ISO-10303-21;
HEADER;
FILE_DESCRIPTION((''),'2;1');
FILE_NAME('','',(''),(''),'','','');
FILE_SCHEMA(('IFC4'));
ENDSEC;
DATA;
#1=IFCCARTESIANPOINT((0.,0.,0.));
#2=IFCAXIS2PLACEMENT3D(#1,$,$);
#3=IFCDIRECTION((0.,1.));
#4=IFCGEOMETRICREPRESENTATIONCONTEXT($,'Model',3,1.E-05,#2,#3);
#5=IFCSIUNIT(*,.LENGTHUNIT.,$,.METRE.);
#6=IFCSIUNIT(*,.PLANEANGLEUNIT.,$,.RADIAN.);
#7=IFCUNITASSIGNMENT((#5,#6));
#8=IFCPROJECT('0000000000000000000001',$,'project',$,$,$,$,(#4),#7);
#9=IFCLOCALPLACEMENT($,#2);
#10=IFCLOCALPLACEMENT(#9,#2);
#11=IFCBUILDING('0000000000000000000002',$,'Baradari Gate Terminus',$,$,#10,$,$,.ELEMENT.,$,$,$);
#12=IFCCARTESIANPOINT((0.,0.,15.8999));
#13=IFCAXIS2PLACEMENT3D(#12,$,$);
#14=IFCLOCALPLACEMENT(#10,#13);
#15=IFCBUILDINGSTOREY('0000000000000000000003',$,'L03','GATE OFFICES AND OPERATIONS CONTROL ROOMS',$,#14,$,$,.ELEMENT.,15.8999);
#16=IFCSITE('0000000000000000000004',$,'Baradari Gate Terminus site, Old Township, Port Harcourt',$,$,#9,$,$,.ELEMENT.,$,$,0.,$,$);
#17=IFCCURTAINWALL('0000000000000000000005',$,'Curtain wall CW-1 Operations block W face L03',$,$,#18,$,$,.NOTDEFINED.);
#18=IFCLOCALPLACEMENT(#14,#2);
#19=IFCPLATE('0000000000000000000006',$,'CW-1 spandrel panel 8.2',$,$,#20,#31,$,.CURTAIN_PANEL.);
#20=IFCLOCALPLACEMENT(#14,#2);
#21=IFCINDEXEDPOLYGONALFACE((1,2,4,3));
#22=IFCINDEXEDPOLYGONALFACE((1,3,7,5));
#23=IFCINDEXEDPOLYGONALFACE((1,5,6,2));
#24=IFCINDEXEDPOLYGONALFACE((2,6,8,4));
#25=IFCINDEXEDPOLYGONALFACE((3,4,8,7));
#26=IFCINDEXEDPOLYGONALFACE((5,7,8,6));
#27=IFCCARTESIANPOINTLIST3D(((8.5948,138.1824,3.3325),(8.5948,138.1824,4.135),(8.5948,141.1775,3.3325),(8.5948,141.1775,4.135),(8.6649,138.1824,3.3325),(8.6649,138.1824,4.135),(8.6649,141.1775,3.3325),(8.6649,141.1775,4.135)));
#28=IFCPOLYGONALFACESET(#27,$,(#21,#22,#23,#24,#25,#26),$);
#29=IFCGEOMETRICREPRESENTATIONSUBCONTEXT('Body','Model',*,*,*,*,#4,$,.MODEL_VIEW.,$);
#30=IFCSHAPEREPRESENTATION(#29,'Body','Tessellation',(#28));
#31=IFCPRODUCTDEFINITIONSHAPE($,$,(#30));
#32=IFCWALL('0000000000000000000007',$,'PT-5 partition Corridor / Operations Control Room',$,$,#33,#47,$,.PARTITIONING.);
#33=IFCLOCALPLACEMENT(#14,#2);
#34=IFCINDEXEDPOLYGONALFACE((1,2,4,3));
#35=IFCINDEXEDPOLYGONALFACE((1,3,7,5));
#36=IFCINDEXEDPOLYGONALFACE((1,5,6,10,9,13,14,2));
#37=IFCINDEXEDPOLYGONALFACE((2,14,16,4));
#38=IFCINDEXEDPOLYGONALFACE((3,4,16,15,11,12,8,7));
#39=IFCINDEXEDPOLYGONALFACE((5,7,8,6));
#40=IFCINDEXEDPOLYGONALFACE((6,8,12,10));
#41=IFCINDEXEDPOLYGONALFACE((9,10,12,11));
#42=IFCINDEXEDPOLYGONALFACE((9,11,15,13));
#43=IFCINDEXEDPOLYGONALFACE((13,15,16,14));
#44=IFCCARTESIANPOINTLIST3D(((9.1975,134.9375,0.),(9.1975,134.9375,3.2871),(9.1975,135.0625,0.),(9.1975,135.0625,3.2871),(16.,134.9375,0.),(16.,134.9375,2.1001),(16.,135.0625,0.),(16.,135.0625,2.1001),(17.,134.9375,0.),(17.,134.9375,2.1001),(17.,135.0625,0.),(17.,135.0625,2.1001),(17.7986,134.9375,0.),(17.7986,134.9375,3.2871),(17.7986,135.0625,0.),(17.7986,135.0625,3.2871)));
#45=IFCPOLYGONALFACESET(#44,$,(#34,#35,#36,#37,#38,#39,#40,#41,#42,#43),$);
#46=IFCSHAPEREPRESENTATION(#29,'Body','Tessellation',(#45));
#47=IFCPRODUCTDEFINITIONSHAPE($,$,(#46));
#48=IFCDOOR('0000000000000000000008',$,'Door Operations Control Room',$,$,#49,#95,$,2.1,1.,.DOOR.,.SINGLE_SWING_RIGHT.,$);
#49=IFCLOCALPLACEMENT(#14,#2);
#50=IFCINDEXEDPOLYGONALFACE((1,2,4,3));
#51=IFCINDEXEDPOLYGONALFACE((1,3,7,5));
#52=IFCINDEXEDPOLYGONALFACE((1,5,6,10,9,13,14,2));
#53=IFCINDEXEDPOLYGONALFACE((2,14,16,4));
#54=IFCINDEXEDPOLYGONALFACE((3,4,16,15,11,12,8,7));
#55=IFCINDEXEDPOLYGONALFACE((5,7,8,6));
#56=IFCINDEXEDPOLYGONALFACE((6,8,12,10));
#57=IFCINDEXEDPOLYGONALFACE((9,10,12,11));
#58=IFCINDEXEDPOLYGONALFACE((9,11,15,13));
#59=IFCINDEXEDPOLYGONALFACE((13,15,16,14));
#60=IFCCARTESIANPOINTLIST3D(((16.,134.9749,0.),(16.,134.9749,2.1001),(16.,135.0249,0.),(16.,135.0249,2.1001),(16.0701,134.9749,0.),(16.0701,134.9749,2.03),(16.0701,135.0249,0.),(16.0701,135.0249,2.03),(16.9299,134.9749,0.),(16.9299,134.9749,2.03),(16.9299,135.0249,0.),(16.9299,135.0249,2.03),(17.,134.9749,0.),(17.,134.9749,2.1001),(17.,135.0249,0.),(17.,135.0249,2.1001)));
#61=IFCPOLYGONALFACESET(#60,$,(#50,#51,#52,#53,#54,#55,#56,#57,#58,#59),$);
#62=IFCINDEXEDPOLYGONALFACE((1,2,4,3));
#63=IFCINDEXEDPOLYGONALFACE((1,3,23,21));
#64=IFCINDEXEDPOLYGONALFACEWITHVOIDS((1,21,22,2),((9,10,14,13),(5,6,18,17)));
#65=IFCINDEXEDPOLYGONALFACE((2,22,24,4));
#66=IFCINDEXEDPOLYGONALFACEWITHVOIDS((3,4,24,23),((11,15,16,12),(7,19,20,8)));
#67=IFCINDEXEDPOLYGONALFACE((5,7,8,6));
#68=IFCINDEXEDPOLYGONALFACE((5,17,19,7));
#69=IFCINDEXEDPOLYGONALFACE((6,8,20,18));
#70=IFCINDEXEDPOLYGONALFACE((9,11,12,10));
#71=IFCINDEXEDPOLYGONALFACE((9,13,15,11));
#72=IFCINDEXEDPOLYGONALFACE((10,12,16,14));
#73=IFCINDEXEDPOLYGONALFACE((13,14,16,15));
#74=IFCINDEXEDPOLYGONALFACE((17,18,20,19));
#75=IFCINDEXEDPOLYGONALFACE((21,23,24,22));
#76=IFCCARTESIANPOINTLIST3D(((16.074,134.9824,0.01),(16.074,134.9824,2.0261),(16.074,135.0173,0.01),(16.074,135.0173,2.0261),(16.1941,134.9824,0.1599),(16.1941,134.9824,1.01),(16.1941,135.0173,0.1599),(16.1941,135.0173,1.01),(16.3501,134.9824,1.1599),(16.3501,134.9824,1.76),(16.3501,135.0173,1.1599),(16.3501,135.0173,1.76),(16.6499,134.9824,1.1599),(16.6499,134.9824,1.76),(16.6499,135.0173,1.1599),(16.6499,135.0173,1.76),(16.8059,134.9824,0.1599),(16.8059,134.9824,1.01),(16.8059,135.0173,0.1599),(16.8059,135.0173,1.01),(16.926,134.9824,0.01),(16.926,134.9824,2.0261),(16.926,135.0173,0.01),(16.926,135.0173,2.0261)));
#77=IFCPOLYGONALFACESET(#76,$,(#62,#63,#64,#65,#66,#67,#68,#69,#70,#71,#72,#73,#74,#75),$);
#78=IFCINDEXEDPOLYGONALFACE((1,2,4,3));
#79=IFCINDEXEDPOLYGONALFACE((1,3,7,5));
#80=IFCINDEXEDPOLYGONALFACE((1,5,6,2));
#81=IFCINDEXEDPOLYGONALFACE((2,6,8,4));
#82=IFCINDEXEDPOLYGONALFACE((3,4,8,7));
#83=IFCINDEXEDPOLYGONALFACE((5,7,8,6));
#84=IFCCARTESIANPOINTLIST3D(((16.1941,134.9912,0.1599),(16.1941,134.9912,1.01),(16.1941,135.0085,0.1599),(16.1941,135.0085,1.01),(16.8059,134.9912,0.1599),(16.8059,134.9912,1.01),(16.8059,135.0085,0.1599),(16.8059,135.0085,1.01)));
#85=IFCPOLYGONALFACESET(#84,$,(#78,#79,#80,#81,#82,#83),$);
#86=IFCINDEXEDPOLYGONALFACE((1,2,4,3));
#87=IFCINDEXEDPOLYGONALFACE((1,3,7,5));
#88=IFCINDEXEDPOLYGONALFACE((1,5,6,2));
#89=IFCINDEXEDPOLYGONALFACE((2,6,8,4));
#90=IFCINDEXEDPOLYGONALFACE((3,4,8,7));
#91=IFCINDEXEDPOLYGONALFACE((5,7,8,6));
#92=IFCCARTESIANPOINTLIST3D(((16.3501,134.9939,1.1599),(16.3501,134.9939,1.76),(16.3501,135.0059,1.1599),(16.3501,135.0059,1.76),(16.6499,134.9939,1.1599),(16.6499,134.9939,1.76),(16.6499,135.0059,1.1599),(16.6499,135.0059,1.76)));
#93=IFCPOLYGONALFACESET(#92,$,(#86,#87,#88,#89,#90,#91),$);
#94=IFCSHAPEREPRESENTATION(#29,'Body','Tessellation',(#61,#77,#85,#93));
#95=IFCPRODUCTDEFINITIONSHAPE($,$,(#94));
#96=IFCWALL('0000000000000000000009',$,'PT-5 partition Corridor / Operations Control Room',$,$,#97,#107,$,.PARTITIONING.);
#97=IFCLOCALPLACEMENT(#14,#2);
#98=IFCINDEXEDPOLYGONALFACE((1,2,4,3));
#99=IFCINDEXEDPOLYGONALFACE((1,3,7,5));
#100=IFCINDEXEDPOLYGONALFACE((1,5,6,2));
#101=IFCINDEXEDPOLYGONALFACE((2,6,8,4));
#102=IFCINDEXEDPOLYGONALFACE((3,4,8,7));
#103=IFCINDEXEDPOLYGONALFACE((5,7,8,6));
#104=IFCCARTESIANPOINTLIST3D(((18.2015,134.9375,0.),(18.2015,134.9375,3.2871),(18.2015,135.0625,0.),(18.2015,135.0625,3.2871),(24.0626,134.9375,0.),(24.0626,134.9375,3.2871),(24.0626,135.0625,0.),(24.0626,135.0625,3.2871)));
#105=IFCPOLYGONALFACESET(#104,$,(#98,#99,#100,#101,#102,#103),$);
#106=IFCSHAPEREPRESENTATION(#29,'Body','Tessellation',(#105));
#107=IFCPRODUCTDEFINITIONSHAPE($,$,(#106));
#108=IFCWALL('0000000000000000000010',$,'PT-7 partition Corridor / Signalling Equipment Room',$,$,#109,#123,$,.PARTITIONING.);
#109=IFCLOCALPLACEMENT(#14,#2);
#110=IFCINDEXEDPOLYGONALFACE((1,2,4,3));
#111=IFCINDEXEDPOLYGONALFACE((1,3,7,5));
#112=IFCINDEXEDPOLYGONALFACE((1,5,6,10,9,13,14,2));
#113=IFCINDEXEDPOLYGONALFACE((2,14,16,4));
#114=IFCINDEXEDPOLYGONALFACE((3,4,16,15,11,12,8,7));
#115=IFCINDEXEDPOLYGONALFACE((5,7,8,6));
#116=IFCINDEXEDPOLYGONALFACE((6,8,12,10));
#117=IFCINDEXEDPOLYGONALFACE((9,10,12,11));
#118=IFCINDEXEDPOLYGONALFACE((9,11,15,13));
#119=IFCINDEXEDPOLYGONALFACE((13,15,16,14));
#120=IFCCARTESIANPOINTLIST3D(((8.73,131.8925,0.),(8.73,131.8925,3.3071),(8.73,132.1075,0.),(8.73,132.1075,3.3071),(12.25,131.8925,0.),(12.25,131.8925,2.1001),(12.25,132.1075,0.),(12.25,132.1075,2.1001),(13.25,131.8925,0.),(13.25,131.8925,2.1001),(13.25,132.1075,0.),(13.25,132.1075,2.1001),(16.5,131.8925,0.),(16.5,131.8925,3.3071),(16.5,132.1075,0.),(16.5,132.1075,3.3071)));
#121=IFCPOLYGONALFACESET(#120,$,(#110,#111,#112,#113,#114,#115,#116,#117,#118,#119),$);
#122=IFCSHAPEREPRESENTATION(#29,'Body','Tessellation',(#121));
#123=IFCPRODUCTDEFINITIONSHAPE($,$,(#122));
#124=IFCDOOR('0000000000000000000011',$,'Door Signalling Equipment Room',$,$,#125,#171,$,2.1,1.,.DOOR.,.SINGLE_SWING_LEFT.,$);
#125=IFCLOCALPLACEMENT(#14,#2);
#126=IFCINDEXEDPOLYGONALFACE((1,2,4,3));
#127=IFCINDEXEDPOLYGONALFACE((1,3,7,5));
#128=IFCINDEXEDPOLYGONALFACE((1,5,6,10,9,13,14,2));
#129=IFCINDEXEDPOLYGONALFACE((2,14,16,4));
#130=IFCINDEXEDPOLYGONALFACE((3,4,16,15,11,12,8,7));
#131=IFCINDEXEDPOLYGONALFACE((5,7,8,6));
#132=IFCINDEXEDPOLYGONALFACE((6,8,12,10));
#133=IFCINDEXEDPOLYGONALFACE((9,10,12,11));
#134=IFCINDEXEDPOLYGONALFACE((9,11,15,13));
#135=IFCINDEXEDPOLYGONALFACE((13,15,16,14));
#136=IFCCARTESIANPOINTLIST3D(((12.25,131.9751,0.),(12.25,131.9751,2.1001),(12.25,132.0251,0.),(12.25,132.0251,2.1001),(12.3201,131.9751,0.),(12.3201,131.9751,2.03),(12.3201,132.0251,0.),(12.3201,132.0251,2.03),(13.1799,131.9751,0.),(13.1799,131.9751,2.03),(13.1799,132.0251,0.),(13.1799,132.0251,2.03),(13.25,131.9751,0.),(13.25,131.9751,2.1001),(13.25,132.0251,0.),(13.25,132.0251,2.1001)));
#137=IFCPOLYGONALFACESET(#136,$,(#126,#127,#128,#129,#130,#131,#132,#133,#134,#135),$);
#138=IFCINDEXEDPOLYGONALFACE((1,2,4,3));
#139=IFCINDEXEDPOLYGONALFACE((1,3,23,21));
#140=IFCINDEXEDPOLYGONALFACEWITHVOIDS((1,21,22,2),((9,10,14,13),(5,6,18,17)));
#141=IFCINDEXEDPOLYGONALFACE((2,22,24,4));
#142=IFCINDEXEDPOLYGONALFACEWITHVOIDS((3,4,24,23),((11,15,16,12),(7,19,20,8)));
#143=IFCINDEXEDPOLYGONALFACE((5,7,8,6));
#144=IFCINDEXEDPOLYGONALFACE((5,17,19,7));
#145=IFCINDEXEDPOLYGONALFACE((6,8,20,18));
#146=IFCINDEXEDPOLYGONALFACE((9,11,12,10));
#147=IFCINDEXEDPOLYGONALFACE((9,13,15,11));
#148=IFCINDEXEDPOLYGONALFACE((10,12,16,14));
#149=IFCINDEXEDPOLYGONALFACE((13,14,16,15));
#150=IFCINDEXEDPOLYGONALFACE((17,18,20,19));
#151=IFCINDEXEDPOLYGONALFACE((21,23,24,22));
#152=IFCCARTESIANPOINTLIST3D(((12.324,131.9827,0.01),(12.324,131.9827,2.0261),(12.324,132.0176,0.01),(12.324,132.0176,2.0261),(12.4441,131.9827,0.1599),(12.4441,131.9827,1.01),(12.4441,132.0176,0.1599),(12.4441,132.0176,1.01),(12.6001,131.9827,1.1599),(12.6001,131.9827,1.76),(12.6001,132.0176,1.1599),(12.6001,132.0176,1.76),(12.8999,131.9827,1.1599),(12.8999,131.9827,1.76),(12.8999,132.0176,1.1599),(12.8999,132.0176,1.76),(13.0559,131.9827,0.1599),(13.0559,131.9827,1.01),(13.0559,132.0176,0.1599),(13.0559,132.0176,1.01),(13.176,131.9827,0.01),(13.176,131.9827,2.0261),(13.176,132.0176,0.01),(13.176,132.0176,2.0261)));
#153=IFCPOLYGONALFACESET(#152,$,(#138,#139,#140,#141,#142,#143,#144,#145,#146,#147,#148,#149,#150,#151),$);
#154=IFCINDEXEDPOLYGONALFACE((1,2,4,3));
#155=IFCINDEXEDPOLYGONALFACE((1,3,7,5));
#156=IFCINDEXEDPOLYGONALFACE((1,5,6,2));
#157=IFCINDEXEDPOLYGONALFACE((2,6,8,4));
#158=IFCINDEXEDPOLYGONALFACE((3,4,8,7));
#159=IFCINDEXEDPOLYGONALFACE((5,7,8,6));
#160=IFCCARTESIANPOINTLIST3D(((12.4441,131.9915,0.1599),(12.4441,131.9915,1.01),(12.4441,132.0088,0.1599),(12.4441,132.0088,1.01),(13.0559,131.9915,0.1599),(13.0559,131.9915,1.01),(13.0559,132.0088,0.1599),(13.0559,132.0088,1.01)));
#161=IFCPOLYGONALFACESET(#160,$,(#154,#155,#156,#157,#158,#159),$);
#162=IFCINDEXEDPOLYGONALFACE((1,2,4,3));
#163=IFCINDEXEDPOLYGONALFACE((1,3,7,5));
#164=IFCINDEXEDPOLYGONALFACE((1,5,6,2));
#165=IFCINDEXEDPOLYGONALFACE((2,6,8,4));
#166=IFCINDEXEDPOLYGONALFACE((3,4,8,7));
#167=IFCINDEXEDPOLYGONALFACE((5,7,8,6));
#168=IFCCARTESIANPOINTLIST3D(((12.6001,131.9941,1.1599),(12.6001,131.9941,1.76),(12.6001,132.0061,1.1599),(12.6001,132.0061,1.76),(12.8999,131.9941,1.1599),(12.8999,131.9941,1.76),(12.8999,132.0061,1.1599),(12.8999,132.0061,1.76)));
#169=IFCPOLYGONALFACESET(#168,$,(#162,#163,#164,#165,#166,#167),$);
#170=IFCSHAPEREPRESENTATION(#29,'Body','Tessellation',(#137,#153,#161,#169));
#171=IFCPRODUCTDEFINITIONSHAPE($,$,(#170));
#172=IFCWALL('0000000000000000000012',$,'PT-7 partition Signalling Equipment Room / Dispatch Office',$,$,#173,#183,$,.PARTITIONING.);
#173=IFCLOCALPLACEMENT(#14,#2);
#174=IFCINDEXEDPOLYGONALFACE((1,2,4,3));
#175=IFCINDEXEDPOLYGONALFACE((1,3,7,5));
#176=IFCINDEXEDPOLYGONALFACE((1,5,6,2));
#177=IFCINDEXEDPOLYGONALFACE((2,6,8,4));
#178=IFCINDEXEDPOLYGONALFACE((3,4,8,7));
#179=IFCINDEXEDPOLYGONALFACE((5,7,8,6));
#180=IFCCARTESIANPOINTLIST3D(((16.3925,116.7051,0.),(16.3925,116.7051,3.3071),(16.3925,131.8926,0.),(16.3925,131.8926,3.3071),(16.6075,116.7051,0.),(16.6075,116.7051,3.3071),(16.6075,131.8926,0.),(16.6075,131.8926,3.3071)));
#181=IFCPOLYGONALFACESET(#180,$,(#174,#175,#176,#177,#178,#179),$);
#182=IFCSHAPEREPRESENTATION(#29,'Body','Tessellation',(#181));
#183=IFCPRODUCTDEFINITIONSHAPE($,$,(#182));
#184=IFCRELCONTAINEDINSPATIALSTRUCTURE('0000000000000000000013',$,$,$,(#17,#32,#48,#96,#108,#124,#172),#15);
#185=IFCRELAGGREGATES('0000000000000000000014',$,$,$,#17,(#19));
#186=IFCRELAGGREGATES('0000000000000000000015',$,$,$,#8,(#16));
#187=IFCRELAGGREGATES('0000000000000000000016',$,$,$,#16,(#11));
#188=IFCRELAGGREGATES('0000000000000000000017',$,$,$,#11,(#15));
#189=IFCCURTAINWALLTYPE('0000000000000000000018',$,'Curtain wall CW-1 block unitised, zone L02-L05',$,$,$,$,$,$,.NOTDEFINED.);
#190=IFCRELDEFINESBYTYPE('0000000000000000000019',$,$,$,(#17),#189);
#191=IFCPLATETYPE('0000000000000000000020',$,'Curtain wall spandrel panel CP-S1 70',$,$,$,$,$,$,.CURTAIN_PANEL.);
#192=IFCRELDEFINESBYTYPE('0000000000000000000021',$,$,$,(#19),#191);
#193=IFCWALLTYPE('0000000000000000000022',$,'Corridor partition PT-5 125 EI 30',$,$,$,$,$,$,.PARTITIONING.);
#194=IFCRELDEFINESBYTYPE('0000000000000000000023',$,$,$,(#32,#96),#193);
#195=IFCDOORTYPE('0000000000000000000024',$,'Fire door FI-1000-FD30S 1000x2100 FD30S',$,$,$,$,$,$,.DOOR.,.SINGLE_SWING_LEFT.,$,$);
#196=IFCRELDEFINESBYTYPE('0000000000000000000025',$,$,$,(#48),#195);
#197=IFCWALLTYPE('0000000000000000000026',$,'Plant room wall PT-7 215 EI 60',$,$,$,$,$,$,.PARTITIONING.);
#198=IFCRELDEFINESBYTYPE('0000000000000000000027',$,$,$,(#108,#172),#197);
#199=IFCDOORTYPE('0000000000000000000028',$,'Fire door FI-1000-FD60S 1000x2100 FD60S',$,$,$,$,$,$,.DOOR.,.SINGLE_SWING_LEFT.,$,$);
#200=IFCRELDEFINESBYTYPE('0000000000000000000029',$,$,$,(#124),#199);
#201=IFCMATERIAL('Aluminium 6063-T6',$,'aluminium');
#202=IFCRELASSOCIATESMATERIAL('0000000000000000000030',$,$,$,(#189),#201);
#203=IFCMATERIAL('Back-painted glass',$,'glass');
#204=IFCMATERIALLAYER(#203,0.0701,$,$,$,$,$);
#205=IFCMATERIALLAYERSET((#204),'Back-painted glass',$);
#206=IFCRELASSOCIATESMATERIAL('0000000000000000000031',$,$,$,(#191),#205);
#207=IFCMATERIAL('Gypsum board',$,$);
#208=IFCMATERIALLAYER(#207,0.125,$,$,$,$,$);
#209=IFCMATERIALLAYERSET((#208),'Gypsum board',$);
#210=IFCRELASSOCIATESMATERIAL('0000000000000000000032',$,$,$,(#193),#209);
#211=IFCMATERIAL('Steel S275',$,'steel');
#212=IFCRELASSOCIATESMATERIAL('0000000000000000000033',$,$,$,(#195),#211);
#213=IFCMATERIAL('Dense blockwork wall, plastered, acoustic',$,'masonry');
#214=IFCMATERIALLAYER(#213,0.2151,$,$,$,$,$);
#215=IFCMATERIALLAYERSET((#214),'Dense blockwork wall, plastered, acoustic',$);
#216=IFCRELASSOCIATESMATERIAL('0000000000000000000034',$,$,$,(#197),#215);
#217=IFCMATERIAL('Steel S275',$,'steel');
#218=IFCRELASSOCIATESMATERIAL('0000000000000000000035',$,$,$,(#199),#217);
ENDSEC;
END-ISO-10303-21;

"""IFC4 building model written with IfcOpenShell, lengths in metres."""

from ifc_helpers import new_model, si_unit, direction, frame, frame_2d, origin, origin_2d, place, context, subcontext, project, spatial, polyline, rectangle, outline, extrude, material, layer, layer_set, type_object, element, fill, aggregate, save


model = new_model("IFC4")

# Units and contexts
model_context = context("Model", 3, precision=1e-05, world=origin(), true_north=direction((0.0, 1.0)))
body_context = subcontext(model_context, "Body", "Model", "MODEL_VIEW")
ifc_project = project(units=[si_unit("LENGTHUNIT", "METRE"), si_unit("PLANEANGLEUNIT", "RADIAN")], contexts=[model_context])

# Site, building, storey
site_placement = place(None, origin())
site = spatial("IfcSite", under=ifc_project, at=site_placement, Name="Baradari Gate Terminus site, Old Township, Port Harcourt", CompositionType="ELEMENT", RefElevation=0.0)
building_placement = place(site_placement, origin())
building = spatial("IfcBuilding", under=site, at=building_placement, Name="Baradari Gate Terminus", CompositionType="ELEMENT")
storey_placement = place(building_placement, frame((0.0, 0.0, 15.8999)))
storey = spatial("IfcBuildingStorey", under=building, at=storey_placement, Name="L03", Description="GATE OFFICES AND OPERATIONS CONTROL ROOMS", CompositionType="ELEMENT", Elevation=15.8999)

# Curtain wall
ifc_material_1 = material(Name="Aluminium 6063-T6", Category="aluminium")
curtain_wall_type = type_object("IfcCurtainWallType", Name="Curtain wall CW-1 block unitised, zone L02-L05", PredefinedType="NOTDEFINED", material=ifc_material_1)
curtain_wall_placement = place(storey_placement, origin())
curtain_wall = element("IfcCurtainWall", 1, at=curtain_wall_placement, inside=storey, type_object=curtain_wall_type, Name="Curtain wall CW-1 Operations block W face L03", PredefinedType="NOTDEFINED")

# Plate
ifc_material_2 = material(Name="Back-painted glass", Category="glass")
ifc_layer_1 = layer(ifc_material_2, 0.0701)
ifc_layer_set_1 = layer_set([ifc_layer_1], Name="Back-painted glass")
plate_type_1 = type_object("IfcPlateType", Name="Curtain wall spandrel panel CP-S1 70", PredefinedType="CURTAIN_PANEL", material=ifc_layer_set_1)
plate_1_placement = place(storey_placement, frame((8.6299, 139.6799, 3.3325), z_axis=(0.0, 0.0, 1.0), x_axis=(0.0, 1.0, 0.0)))
plate_1 = element("IfcPlate", 2, at=plate_1_placement, type_object=plate_type_1, Name="CW-1 spandrel panel 8.2", PredefinedType="CURTAIN_PANEL", context=body_context, shape_type="SweptSolid", body=[
    extrude(rectangle(XDim=2.9951, YDim=0.0701, at=origin_2d()), origin(), (0.0, 0.0, 1.0), 0.8025),
])
aggregate(curtain_wall, [plate_1])

# Wall, opening, door
ifc_material_3 = material(Name="Gypsum board")
ifc_layer_2 = layer(ifc_material_3, 0.125)
ifc_layer_set_2 = layer_set([ifc_layer_2], Name="Gypsum board")
wall_type_1 = type_object("IfcWallType", Name="Corridor partition PT-5 125 EI 30", PredefinedType="PARTITIONING", material=ifc_layer_set_2)
wall_1_placement = place(storey_placement, frame((9.1975, 135.0, 0.0), z_axis=(0.0, 0.0, 1.0), x_axis=(1.0, 0.0, 0.0)))
wall_1 = element("IfcWall", 3, at=wall_1_placement, inside=storey, type_object=wall_type_1, Name="PT-5 partition Corridor / Operations Control Room", PredefinedType="PARTITIONING", context=body_context, shape_type="SweptSolid", body=[
    extrude(rectangle(XDim=8.6011, YDim=0.125, at=frame_2d((4.3005, 0.0))), origin(), (0.0, 0.0, 1.0), 3.2871),
])
opening_1_placement = place(wall_1_placement, frame((6.8025, 0.0, 0.0)))
opening_1 = element("IfcOpeningElement", 4, at=opening_1_placement, cuts=wall_1, PredefinedType="OPENING", context=body_context, shape_type="SweptSolid", body=[
    extrude(rectangle(XDim=1.0, YDim=2.1001, at=frame_2d((0.5, 1.05))), frame((0.0, 0.0725, 0.0), z_axis=(0.0, -1.0, 0.0), x_axis=(1.0, 0.0, 0.0)), (0.0, 0.0, 1.0), 0.145),
])
ifc_material_4 = material(Name="Steel S275", Category="steel")
door_type_1 = type_object("IfcDoorType", Name="Fire door FI-1000-FD30S 1000x2100 FD30S", OperationType="SINGLE_SWING_LEFT", PredefinedType="DOOR", material=ifc_material_4)
door_1_placement = place(opening_1_placement, origin())
door_1 = element("IfcDoor", 5, at=door_1_placement, inside=storey, type_object=door_type_1, Name="Door Operations Control Room", OperationType="SINGLE_SWING_RIGHT", OverallHeight=2.1, OverallWidth=1.0, PredefinedType="DOOR", context=body_context, shape_type="SweptSolid", body=[
    extrude(outline(polyline([(0.0, 0.0), (0.0701, 0.0), (0.0701, 2.03), (0.9299, 2.03), (0.9299, 0.0), (1.0, 0.0), (1.0, 2.1001), (0.0, 2.1001), (0.0, 0.0)])), frame((0.0, 0.0249, 0.0), z_axis=(0.0, -1.0, 0.0), x_axis=(1.0, 0.0, 0.0)), (0.0, 0.0, 1.0), 0.05),
    extrude(outline(polyline([(0.074, 0.01), (0.926, 0.01), (0.926, 2.0261), (0.074, 2.0261), (0.074, 0.01)]), holes=[polyline([(0.1941, 0.1599), (0.8059, 0.1599), (0.8059, 1.01), (0.1941, 1.01), (0.1941, 0.1599)]), polyline([(0.3501, 1.1599), (0.6499, 1.1599), (0.6499, 1.76), (0.3501, 1.76), (0.3501, 1.1599)])]), frame((0.0, 0.0173, 0.0), z_axis=(0.0, -1.0, 0.0), x_axis=(1.0, 0.0, 0.0)), (0.0, 0.0, 1.0), 0.0349),
    extrude(rectangle(XDim=0.6118, YDim=0.8501, at=frame_2d((0.5, 0.585))), frame((0.0, 0.0085, 0.0), z_axis=(0.0, -1.0, 0.0), x_axis=(1.0, 0.0, 0.0)), (0.0, 0.0, 1.0), 0.0173),
    extrude(rectangle(XDim=0.2998, YDim=0.6001, at=frame_2d((0.5, 1.46))), frame((0.0, 0.0059, 0.0), z_axis=(0.0, -1.0, 0.0), x_axis=(1.0, 0.0, 0.0)), (0.0, 0.0, 1.0), 0.012),
])
fill(opening_1, door_1)

# Wall
wall_2_placement = place(storey_placement, frame((18.2014, 135.0, 0.0), z_axis=(0.0, 0.0, 1.0), x_axis=(1.0, 0.0, 0.0)))
element("IfcWall", 6, at=wall_2_placement, inside=storey, type_object=wall_type_1, Name="PT-5 partition Corridor / Operations Control Room", PredefinedType="PARTITIONING", context=body_context, shape_type="SweptSolid", body=[
    extrude(rectangle(XDim=5.8611, YDim=0.125, at=frame_2d((2.9307, 0.0))), origin(), (0.0, 0.0, 1.0), 3.2871),
])

# Wall, opening, door
ifc_material_5 = material(Name="Dense blockwork wall, plastered, acoustic", Category="masonry")
ifc_layer_3 = layer(ifc_material_5, 0.2151)
ifc_layer_set_3 = layer_set([ifc_layer_3], Name="Dense blockwork wall, plastered, acoustic")
wall_type_2 = type_object("IfcWallType", Name="Plant room wall PT-7 215 EI 60", PredefinedType="PARTITIONING", material=ifc_layer_set_3)
wall_3_placement = place(storey_placement, frame((16.5, 132.0, 0.0), z_axis=(0.0, 0.0, 1.0), x_axis=(-1.0, 0.0, 0.0)))
wall_3 = element("IfcWall", 7, at=wall_3_placement, inside=storey, type_object=wall_type_2, Name="PT-7 partition Corridor / Signalling Equipment Room", PredefinedType="PARTITIONING", context=body_context, shape_type="SweptSolid", body=[
    extrude(rectangle(XDim=7.77, YDim=0.2151, at=frame_2d((3.885, 0.0))), origin(), (0.0, 0.0, 1.0), 3.3071),
])
opening_2_placement = place(wall_3_placement, frame((3.25, 0.0, 0.0)))
opening_2 = element("IfcOpeningElement", 8, at=opening_2_placement, cuts=wall_3, PredefinedType="OPENING", context=body_context, shape_type="SweptSolid", body=[
    extrude(rectangle(XDim=1.0, YDim=2.1001, at=frame_2d((0.5, 1.05))), frame((0.0, 0.1174, 0.0), z_axis=(0.0, -1.0, 0.0), x_axis=(1.0, 0.0, 0.0)), (0.0, 0.0, 1.0), 0.2351),
])
ifc_material_6 = material(Name="Steel S275", Category="steel")
door_type_2 = type_object("IfcDoorType", Name="Fire door FI-1000-FD60S 1000x2100 FD60S", OperationType="SINGLE_SWING_LEFT", PredefinedType="DOOR", material=ifc_material_6)
door_2_placement = place(opening_2_placement, origin())
door_2 = element("IfcDoor", 9, at=door_2_placement, inside=storey, type_object=door_type_2, Name="Door Signalling Equipment Room", OperationType="SINGLE_SWING_LEFT", OverallHeight=2.1, OverallWidth=1.0, PredefinedType="DOOR", context=body_context, shape_type="SweptSolid", body=[
    extrude(outline(polyline([(0.0, 0.0), (0.0701, 0.0), (0.0701, 2.03), (0.9299, 2.03), (0.9299, 0.0), (1.0, 0.0), (1.0, 2.1001), (0.0, 2.1001), (0.0, 0.0)])), frame((0.0, 0.0249, 0.0), z_axis=(0.0, -1.0, 0.0), x_axis=(1.0, 0.0, 0.0)), (0.0, 0.0, 1.0), 0.05),
    extrude(outline(polyline([(0.074, 0.01), (0.926, 0.01), (0.926, 2.0261), (0.074, 2.0261), (0.074, 0.01)]), holes=[polyline([(0.1941, 0.1599), (0.8059, 0.1599), (0.8059, 1.01), (0.1941, 1.01), (0.1941, 0.1599)]), polyline([(0.3501, 1.1599), (0.6499, 1.1599), (0.6499, 1.76), (0.3501, 1.76), (0.3501, 1.1599)])]), frame((0.0, 0.0173, 0.0), z_axis=(0.0, -1.0, 0.0), x_axis=(1.0, 0.0, 0.0)), (0.0, 0.0, 1.0), 0.0349),
    extrude(rectangle(XDim=0.6118, YDim=0.8501, at=frame_2d((0.5, 0.585))), frame((0.0, 0.0085, 0.0), z_axis=(0.0, -1.0, 0.0), x_axis=(1.0, 0.0, 0.0)), (0.0, 0.0, 1.0), 0.0173),
    extrude(rectangle(XDim=0.2998, YDim=0.6001, at=frame_2d((0.5, 1.46))), frame((0.0, 0.0059, 0.0), z_axis=(0.0, -1.0, 0.0), x_axis=(1.0, 0.0, 0.0)), (0.0, 0.0, 1.0), 0.012),
])
fill(opening_2, door_2)

# Wall
wall_4_placement = place(storey_placement, frame((16.5, 131.8926, 0.0), z_axis=(0.0, 0.0, 1.0), x_axis=(0.0, -1.0, 0.0)))
element("IfcWall", 10, at=wall_4_placement, inside=storey, type_object=wall_type_2, Name="PT-7 partition Signalling Equipment Room / Dispatch Office", PredefinedType="PARTITIONING", context=body_context, shape_type="SweptSolid", body=[
    extrude(rectangle(XDim=15.1875, YDim=0.2151, at=frame_2d((7.5938, 0.0))), origin(), (0.0, 0.0, 1.0), 3.3071),
])

save(model, "model.ifc")
